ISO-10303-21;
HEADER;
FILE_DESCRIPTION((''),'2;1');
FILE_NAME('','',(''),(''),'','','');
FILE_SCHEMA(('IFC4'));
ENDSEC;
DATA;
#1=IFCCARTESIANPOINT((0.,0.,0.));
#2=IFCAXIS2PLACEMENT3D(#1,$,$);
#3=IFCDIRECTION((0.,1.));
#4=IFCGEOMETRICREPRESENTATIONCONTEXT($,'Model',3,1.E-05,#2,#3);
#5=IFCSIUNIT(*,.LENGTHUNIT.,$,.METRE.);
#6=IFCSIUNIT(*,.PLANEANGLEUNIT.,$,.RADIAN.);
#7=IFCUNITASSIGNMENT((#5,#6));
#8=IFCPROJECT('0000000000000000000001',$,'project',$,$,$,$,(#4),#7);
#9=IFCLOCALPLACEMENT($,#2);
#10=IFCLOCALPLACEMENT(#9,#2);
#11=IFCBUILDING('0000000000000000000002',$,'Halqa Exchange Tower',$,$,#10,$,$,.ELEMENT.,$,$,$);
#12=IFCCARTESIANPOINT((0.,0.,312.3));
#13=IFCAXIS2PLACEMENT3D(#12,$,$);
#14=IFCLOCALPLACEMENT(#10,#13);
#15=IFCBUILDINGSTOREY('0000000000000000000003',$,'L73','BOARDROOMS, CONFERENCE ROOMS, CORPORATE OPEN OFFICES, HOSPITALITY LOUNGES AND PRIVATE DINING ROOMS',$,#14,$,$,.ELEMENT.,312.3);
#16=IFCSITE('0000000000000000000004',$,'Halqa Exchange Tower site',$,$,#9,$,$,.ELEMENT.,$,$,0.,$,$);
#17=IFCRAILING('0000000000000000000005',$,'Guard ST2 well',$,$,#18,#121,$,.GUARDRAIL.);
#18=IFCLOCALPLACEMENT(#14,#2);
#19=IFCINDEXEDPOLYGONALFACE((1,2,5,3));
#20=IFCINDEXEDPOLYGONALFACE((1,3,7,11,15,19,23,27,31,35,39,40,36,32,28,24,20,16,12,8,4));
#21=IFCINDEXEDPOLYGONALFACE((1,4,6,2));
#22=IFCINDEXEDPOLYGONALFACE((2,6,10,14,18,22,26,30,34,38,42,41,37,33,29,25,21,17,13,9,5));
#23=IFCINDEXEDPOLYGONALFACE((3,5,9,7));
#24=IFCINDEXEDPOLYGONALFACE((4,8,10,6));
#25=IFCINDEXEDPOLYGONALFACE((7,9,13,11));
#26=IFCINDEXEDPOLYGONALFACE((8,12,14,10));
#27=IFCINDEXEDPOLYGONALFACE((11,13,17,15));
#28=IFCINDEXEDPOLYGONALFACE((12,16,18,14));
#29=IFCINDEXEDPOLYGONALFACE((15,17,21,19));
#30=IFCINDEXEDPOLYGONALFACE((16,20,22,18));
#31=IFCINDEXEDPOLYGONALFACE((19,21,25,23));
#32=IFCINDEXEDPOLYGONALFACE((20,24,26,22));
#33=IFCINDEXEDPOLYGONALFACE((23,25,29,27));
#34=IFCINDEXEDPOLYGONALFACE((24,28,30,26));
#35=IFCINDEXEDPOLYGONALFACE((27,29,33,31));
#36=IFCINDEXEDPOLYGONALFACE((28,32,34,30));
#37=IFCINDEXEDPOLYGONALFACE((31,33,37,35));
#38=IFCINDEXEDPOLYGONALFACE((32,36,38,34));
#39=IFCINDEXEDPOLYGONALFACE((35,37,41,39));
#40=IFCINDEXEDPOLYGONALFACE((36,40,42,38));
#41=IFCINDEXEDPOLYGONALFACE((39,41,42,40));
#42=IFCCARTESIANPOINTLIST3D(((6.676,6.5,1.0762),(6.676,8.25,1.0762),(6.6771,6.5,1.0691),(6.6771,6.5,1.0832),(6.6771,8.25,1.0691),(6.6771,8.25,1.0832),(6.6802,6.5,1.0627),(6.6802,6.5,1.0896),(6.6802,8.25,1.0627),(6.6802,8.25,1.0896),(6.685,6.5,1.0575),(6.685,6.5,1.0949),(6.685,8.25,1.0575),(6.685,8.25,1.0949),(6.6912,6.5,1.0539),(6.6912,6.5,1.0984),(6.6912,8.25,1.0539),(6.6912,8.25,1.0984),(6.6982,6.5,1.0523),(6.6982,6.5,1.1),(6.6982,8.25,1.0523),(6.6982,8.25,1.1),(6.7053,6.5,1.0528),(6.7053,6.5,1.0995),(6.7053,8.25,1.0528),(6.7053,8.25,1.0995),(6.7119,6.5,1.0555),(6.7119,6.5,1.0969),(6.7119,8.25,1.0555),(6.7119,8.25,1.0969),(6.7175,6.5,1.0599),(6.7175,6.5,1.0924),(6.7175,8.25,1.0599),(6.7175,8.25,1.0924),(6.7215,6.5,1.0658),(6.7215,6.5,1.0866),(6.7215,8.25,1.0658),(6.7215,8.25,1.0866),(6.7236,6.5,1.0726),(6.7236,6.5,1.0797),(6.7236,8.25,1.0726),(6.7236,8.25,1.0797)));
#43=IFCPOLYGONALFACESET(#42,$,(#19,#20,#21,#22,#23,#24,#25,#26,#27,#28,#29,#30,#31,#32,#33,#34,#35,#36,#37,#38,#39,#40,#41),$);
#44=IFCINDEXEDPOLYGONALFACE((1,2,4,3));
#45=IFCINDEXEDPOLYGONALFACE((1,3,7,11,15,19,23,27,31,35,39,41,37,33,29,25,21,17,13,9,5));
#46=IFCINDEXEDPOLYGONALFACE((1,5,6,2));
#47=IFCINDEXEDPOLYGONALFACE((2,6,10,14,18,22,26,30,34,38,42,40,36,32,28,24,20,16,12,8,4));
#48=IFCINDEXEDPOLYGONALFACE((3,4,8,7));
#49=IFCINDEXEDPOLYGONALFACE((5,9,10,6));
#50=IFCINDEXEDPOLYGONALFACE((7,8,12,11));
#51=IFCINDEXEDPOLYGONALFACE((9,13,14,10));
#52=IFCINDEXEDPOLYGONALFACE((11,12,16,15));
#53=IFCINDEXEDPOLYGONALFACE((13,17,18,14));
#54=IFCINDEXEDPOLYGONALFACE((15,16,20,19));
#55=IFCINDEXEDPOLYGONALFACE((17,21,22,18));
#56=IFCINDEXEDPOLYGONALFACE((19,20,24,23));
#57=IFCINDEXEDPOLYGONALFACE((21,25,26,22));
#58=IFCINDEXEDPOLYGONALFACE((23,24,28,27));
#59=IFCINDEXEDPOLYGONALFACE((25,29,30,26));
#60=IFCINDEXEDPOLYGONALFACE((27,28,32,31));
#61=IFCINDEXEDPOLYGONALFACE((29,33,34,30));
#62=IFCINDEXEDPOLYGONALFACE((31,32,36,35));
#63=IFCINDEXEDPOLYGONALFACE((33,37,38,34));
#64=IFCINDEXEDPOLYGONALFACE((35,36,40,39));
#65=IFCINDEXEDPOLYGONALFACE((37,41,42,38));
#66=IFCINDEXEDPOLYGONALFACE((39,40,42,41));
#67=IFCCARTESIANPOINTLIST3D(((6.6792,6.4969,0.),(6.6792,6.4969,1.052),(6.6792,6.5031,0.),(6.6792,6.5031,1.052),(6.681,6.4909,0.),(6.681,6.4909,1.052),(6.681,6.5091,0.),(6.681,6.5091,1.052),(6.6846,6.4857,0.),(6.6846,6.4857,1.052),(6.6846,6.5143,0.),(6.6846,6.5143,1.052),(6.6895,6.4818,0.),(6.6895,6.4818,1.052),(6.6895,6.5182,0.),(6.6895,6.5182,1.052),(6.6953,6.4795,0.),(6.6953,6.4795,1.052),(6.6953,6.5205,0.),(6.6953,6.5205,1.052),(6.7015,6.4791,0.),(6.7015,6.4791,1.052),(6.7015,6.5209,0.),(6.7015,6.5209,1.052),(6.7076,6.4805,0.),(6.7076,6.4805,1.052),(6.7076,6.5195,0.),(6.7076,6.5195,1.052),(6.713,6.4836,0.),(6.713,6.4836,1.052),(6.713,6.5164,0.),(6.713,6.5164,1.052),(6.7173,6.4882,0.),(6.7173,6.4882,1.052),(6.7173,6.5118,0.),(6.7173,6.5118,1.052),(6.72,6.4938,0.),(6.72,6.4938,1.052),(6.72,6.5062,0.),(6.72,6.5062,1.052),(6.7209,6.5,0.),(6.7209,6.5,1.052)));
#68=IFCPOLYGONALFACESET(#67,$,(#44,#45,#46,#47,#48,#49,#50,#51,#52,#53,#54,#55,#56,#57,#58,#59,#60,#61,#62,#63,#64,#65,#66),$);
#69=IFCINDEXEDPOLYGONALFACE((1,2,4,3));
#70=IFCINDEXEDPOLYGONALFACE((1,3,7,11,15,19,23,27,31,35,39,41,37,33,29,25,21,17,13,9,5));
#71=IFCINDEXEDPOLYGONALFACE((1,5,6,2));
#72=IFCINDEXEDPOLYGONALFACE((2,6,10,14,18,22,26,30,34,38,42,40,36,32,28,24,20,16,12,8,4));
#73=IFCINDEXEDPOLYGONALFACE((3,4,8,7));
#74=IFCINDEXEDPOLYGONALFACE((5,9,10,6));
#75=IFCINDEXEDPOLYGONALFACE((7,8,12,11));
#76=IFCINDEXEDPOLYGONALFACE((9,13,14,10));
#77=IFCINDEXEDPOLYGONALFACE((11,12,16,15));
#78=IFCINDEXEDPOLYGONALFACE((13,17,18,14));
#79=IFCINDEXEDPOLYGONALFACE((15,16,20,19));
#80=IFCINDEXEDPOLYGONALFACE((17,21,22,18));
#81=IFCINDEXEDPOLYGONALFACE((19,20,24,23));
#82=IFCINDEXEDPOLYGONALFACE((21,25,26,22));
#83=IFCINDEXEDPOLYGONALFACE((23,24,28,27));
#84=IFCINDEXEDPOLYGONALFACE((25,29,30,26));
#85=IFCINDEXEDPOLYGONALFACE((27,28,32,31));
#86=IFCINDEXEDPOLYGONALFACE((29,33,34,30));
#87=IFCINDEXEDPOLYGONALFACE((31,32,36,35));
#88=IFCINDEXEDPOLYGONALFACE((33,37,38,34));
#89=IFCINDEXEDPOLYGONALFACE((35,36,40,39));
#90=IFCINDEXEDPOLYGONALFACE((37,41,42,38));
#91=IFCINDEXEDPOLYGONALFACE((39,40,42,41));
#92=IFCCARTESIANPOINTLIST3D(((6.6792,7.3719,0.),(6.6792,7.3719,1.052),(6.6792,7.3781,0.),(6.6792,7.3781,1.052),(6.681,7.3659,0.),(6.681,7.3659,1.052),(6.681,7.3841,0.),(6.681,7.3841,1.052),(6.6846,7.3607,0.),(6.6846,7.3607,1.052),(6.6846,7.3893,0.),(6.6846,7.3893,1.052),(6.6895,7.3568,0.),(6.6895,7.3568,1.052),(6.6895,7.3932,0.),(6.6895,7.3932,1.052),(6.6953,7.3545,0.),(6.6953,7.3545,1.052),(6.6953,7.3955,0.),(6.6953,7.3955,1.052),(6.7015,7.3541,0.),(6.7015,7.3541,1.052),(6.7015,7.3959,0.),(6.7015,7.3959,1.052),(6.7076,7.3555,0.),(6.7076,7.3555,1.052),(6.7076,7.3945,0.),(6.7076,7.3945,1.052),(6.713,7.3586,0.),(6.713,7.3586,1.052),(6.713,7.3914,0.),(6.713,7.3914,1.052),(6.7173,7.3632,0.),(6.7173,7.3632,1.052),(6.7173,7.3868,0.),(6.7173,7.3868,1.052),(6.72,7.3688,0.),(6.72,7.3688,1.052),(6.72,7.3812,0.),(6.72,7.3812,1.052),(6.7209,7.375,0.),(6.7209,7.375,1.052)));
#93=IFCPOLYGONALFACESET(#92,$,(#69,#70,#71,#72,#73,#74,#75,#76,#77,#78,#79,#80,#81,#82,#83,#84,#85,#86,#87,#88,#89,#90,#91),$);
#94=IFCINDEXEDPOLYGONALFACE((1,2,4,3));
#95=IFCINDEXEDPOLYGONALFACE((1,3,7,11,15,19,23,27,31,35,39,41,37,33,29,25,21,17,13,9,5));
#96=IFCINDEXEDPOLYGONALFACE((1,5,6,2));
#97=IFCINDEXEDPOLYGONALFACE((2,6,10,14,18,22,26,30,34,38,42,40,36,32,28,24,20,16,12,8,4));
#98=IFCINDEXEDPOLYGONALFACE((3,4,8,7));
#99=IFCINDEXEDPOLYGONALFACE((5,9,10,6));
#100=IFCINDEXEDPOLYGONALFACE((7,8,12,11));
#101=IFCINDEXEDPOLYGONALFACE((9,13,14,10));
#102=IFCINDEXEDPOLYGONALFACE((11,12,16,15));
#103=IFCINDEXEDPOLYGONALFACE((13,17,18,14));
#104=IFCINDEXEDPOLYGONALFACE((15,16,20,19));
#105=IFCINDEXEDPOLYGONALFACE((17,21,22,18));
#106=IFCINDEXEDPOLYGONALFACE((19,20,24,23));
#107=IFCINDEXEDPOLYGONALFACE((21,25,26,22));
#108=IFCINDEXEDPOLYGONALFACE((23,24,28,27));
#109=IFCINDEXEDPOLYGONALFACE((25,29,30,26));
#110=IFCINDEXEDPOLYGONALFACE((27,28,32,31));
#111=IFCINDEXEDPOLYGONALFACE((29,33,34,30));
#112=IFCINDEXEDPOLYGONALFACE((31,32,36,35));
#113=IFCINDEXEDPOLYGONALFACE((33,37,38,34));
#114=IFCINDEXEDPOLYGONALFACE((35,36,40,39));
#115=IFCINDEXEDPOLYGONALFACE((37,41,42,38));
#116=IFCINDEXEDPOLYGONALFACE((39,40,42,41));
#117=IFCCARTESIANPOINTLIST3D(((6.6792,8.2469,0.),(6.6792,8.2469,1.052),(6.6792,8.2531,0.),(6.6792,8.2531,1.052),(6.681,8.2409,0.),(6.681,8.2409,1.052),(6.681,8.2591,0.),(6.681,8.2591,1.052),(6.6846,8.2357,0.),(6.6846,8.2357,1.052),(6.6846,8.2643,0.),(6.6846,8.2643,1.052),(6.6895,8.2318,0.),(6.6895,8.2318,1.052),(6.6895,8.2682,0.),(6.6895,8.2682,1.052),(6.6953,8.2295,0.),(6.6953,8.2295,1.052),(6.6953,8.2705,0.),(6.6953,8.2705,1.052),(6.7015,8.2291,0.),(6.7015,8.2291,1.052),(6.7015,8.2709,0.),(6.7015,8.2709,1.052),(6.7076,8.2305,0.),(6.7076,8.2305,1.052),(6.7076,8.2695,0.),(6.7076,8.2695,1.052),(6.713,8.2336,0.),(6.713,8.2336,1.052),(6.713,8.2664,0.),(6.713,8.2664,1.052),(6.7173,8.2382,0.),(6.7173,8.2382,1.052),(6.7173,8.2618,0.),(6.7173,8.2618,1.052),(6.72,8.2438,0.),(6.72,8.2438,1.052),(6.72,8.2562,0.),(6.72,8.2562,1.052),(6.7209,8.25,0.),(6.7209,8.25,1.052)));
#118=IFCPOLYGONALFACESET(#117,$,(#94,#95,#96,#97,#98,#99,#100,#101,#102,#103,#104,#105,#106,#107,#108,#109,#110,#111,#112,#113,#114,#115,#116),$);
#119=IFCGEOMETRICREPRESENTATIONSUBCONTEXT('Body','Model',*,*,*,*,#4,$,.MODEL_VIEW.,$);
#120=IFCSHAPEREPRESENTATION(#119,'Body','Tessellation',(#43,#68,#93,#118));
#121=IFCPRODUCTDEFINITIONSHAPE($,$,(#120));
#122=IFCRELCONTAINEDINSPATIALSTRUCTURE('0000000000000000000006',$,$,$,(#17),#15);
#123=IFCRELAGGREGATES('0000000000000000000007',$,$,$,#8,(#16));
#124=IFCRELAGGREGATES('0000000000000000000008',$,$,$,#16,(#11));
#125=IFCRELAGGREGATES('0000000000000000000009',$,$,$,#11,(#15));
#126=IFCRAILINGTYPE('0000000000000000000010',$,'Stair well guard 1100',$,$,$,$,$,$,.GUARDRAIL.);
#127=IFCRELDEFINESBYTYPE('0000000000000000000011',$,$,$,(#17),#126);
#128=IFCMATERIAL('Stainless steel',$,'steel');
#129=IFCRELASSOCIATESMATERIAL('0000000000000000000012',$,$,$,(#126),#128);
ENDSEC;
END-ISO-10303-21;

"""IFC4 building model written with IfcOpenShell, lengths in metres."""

from ifc_helpers import new_model, si_unit, direction, frame, origin, origin_2d, place, context, subcontext, project, spatial, circle, extrude, material, type_object, element, save


model = new_model("IFC4")

# Units and contexts
model_context = context("Model", 3, precision=1e-05, world=origin(), true_north=direction((0.0, 1.0)))
body_context = subcontext(model_context, "Body", "Model", "MODEL_VIEW")
ifc_project = project(units=[si_unit("LENGTHUNIT", "METRE"), si_unit("PLANEANGLEUNIT", "RADIAN")], contexts=[model_context])

# Site, building, storey
site_placement = place(None, origin())
site = spatial("IfcSite", under=ifc_project, at=site_placement, Name="Halqa Exchange Tower site", CompositionType="ELEMENT", RefElevation=0.0)
building_placement = place(site_placement, origin())
building = spatial("IfcBuilding", under=site, at=building_placement, Name="Halqa Exchange Tower", CompositionType="ELEMENT")
storey_placement = place(building_placement, frame((0.0, 0.0, 312.3)))
storey = spatial("IfcBuildingStorey", under=building, at=storey_placement, Name="L73", Description="BOARDROOMS, CONFERENCE ROOMS, CORPORATE OPEN OFFICES, HOSPITALITY LOUNGES AND PRIVATE DINING ROOMS", CompositionType="ELEMENT", Elevation=312.3)

# Railing
ifc_material_1 = material(Name="Stainless steel", Category="steel")
railing_type_1 = type_object("IfcRailingType", Name="Stair well guard 1100", PredefinedType="GUARDRAIL", material=ifc_material_1)
railing_1_placement = place(storey_placement, frame((6.7, 6.5, 0.0)))
element("IfcRailing", 1, at=railing_1_placement, inside=storey, type_object=railing_type_1, Name="Guard ST2 well", PredefinedType="GUARDRAIL", context=body_context, shape_type="SweptSolid", body=[
    extrude(circle(Radius=0.0239, at=origin_2d()), frame((0.0, 0.0, 1.0762), z_axis=(0.0, 1.0, 0.0), x_axis=(-1.0, 0.0, 0.0)), (0.0, 0.0, 1.0), 1.75),
    extrude(circle(Radius=0.021, at=origin_2d()), origin(), (0.0, 0.0, 1.0), 1.052),
    extrude(circle(Radius=0.021, at=origin_2d()), frame((0.0, 0.875, 0.0)), (0.0, 0.0, 1.0), 1.052),
    extrude(circle(Radius=0.021, at=origin_2d()), frame((0.0, 1.75, 0.0)), (0.0, 0.0, 1.0), 1.052),
])

save(model, "model.ifc")
